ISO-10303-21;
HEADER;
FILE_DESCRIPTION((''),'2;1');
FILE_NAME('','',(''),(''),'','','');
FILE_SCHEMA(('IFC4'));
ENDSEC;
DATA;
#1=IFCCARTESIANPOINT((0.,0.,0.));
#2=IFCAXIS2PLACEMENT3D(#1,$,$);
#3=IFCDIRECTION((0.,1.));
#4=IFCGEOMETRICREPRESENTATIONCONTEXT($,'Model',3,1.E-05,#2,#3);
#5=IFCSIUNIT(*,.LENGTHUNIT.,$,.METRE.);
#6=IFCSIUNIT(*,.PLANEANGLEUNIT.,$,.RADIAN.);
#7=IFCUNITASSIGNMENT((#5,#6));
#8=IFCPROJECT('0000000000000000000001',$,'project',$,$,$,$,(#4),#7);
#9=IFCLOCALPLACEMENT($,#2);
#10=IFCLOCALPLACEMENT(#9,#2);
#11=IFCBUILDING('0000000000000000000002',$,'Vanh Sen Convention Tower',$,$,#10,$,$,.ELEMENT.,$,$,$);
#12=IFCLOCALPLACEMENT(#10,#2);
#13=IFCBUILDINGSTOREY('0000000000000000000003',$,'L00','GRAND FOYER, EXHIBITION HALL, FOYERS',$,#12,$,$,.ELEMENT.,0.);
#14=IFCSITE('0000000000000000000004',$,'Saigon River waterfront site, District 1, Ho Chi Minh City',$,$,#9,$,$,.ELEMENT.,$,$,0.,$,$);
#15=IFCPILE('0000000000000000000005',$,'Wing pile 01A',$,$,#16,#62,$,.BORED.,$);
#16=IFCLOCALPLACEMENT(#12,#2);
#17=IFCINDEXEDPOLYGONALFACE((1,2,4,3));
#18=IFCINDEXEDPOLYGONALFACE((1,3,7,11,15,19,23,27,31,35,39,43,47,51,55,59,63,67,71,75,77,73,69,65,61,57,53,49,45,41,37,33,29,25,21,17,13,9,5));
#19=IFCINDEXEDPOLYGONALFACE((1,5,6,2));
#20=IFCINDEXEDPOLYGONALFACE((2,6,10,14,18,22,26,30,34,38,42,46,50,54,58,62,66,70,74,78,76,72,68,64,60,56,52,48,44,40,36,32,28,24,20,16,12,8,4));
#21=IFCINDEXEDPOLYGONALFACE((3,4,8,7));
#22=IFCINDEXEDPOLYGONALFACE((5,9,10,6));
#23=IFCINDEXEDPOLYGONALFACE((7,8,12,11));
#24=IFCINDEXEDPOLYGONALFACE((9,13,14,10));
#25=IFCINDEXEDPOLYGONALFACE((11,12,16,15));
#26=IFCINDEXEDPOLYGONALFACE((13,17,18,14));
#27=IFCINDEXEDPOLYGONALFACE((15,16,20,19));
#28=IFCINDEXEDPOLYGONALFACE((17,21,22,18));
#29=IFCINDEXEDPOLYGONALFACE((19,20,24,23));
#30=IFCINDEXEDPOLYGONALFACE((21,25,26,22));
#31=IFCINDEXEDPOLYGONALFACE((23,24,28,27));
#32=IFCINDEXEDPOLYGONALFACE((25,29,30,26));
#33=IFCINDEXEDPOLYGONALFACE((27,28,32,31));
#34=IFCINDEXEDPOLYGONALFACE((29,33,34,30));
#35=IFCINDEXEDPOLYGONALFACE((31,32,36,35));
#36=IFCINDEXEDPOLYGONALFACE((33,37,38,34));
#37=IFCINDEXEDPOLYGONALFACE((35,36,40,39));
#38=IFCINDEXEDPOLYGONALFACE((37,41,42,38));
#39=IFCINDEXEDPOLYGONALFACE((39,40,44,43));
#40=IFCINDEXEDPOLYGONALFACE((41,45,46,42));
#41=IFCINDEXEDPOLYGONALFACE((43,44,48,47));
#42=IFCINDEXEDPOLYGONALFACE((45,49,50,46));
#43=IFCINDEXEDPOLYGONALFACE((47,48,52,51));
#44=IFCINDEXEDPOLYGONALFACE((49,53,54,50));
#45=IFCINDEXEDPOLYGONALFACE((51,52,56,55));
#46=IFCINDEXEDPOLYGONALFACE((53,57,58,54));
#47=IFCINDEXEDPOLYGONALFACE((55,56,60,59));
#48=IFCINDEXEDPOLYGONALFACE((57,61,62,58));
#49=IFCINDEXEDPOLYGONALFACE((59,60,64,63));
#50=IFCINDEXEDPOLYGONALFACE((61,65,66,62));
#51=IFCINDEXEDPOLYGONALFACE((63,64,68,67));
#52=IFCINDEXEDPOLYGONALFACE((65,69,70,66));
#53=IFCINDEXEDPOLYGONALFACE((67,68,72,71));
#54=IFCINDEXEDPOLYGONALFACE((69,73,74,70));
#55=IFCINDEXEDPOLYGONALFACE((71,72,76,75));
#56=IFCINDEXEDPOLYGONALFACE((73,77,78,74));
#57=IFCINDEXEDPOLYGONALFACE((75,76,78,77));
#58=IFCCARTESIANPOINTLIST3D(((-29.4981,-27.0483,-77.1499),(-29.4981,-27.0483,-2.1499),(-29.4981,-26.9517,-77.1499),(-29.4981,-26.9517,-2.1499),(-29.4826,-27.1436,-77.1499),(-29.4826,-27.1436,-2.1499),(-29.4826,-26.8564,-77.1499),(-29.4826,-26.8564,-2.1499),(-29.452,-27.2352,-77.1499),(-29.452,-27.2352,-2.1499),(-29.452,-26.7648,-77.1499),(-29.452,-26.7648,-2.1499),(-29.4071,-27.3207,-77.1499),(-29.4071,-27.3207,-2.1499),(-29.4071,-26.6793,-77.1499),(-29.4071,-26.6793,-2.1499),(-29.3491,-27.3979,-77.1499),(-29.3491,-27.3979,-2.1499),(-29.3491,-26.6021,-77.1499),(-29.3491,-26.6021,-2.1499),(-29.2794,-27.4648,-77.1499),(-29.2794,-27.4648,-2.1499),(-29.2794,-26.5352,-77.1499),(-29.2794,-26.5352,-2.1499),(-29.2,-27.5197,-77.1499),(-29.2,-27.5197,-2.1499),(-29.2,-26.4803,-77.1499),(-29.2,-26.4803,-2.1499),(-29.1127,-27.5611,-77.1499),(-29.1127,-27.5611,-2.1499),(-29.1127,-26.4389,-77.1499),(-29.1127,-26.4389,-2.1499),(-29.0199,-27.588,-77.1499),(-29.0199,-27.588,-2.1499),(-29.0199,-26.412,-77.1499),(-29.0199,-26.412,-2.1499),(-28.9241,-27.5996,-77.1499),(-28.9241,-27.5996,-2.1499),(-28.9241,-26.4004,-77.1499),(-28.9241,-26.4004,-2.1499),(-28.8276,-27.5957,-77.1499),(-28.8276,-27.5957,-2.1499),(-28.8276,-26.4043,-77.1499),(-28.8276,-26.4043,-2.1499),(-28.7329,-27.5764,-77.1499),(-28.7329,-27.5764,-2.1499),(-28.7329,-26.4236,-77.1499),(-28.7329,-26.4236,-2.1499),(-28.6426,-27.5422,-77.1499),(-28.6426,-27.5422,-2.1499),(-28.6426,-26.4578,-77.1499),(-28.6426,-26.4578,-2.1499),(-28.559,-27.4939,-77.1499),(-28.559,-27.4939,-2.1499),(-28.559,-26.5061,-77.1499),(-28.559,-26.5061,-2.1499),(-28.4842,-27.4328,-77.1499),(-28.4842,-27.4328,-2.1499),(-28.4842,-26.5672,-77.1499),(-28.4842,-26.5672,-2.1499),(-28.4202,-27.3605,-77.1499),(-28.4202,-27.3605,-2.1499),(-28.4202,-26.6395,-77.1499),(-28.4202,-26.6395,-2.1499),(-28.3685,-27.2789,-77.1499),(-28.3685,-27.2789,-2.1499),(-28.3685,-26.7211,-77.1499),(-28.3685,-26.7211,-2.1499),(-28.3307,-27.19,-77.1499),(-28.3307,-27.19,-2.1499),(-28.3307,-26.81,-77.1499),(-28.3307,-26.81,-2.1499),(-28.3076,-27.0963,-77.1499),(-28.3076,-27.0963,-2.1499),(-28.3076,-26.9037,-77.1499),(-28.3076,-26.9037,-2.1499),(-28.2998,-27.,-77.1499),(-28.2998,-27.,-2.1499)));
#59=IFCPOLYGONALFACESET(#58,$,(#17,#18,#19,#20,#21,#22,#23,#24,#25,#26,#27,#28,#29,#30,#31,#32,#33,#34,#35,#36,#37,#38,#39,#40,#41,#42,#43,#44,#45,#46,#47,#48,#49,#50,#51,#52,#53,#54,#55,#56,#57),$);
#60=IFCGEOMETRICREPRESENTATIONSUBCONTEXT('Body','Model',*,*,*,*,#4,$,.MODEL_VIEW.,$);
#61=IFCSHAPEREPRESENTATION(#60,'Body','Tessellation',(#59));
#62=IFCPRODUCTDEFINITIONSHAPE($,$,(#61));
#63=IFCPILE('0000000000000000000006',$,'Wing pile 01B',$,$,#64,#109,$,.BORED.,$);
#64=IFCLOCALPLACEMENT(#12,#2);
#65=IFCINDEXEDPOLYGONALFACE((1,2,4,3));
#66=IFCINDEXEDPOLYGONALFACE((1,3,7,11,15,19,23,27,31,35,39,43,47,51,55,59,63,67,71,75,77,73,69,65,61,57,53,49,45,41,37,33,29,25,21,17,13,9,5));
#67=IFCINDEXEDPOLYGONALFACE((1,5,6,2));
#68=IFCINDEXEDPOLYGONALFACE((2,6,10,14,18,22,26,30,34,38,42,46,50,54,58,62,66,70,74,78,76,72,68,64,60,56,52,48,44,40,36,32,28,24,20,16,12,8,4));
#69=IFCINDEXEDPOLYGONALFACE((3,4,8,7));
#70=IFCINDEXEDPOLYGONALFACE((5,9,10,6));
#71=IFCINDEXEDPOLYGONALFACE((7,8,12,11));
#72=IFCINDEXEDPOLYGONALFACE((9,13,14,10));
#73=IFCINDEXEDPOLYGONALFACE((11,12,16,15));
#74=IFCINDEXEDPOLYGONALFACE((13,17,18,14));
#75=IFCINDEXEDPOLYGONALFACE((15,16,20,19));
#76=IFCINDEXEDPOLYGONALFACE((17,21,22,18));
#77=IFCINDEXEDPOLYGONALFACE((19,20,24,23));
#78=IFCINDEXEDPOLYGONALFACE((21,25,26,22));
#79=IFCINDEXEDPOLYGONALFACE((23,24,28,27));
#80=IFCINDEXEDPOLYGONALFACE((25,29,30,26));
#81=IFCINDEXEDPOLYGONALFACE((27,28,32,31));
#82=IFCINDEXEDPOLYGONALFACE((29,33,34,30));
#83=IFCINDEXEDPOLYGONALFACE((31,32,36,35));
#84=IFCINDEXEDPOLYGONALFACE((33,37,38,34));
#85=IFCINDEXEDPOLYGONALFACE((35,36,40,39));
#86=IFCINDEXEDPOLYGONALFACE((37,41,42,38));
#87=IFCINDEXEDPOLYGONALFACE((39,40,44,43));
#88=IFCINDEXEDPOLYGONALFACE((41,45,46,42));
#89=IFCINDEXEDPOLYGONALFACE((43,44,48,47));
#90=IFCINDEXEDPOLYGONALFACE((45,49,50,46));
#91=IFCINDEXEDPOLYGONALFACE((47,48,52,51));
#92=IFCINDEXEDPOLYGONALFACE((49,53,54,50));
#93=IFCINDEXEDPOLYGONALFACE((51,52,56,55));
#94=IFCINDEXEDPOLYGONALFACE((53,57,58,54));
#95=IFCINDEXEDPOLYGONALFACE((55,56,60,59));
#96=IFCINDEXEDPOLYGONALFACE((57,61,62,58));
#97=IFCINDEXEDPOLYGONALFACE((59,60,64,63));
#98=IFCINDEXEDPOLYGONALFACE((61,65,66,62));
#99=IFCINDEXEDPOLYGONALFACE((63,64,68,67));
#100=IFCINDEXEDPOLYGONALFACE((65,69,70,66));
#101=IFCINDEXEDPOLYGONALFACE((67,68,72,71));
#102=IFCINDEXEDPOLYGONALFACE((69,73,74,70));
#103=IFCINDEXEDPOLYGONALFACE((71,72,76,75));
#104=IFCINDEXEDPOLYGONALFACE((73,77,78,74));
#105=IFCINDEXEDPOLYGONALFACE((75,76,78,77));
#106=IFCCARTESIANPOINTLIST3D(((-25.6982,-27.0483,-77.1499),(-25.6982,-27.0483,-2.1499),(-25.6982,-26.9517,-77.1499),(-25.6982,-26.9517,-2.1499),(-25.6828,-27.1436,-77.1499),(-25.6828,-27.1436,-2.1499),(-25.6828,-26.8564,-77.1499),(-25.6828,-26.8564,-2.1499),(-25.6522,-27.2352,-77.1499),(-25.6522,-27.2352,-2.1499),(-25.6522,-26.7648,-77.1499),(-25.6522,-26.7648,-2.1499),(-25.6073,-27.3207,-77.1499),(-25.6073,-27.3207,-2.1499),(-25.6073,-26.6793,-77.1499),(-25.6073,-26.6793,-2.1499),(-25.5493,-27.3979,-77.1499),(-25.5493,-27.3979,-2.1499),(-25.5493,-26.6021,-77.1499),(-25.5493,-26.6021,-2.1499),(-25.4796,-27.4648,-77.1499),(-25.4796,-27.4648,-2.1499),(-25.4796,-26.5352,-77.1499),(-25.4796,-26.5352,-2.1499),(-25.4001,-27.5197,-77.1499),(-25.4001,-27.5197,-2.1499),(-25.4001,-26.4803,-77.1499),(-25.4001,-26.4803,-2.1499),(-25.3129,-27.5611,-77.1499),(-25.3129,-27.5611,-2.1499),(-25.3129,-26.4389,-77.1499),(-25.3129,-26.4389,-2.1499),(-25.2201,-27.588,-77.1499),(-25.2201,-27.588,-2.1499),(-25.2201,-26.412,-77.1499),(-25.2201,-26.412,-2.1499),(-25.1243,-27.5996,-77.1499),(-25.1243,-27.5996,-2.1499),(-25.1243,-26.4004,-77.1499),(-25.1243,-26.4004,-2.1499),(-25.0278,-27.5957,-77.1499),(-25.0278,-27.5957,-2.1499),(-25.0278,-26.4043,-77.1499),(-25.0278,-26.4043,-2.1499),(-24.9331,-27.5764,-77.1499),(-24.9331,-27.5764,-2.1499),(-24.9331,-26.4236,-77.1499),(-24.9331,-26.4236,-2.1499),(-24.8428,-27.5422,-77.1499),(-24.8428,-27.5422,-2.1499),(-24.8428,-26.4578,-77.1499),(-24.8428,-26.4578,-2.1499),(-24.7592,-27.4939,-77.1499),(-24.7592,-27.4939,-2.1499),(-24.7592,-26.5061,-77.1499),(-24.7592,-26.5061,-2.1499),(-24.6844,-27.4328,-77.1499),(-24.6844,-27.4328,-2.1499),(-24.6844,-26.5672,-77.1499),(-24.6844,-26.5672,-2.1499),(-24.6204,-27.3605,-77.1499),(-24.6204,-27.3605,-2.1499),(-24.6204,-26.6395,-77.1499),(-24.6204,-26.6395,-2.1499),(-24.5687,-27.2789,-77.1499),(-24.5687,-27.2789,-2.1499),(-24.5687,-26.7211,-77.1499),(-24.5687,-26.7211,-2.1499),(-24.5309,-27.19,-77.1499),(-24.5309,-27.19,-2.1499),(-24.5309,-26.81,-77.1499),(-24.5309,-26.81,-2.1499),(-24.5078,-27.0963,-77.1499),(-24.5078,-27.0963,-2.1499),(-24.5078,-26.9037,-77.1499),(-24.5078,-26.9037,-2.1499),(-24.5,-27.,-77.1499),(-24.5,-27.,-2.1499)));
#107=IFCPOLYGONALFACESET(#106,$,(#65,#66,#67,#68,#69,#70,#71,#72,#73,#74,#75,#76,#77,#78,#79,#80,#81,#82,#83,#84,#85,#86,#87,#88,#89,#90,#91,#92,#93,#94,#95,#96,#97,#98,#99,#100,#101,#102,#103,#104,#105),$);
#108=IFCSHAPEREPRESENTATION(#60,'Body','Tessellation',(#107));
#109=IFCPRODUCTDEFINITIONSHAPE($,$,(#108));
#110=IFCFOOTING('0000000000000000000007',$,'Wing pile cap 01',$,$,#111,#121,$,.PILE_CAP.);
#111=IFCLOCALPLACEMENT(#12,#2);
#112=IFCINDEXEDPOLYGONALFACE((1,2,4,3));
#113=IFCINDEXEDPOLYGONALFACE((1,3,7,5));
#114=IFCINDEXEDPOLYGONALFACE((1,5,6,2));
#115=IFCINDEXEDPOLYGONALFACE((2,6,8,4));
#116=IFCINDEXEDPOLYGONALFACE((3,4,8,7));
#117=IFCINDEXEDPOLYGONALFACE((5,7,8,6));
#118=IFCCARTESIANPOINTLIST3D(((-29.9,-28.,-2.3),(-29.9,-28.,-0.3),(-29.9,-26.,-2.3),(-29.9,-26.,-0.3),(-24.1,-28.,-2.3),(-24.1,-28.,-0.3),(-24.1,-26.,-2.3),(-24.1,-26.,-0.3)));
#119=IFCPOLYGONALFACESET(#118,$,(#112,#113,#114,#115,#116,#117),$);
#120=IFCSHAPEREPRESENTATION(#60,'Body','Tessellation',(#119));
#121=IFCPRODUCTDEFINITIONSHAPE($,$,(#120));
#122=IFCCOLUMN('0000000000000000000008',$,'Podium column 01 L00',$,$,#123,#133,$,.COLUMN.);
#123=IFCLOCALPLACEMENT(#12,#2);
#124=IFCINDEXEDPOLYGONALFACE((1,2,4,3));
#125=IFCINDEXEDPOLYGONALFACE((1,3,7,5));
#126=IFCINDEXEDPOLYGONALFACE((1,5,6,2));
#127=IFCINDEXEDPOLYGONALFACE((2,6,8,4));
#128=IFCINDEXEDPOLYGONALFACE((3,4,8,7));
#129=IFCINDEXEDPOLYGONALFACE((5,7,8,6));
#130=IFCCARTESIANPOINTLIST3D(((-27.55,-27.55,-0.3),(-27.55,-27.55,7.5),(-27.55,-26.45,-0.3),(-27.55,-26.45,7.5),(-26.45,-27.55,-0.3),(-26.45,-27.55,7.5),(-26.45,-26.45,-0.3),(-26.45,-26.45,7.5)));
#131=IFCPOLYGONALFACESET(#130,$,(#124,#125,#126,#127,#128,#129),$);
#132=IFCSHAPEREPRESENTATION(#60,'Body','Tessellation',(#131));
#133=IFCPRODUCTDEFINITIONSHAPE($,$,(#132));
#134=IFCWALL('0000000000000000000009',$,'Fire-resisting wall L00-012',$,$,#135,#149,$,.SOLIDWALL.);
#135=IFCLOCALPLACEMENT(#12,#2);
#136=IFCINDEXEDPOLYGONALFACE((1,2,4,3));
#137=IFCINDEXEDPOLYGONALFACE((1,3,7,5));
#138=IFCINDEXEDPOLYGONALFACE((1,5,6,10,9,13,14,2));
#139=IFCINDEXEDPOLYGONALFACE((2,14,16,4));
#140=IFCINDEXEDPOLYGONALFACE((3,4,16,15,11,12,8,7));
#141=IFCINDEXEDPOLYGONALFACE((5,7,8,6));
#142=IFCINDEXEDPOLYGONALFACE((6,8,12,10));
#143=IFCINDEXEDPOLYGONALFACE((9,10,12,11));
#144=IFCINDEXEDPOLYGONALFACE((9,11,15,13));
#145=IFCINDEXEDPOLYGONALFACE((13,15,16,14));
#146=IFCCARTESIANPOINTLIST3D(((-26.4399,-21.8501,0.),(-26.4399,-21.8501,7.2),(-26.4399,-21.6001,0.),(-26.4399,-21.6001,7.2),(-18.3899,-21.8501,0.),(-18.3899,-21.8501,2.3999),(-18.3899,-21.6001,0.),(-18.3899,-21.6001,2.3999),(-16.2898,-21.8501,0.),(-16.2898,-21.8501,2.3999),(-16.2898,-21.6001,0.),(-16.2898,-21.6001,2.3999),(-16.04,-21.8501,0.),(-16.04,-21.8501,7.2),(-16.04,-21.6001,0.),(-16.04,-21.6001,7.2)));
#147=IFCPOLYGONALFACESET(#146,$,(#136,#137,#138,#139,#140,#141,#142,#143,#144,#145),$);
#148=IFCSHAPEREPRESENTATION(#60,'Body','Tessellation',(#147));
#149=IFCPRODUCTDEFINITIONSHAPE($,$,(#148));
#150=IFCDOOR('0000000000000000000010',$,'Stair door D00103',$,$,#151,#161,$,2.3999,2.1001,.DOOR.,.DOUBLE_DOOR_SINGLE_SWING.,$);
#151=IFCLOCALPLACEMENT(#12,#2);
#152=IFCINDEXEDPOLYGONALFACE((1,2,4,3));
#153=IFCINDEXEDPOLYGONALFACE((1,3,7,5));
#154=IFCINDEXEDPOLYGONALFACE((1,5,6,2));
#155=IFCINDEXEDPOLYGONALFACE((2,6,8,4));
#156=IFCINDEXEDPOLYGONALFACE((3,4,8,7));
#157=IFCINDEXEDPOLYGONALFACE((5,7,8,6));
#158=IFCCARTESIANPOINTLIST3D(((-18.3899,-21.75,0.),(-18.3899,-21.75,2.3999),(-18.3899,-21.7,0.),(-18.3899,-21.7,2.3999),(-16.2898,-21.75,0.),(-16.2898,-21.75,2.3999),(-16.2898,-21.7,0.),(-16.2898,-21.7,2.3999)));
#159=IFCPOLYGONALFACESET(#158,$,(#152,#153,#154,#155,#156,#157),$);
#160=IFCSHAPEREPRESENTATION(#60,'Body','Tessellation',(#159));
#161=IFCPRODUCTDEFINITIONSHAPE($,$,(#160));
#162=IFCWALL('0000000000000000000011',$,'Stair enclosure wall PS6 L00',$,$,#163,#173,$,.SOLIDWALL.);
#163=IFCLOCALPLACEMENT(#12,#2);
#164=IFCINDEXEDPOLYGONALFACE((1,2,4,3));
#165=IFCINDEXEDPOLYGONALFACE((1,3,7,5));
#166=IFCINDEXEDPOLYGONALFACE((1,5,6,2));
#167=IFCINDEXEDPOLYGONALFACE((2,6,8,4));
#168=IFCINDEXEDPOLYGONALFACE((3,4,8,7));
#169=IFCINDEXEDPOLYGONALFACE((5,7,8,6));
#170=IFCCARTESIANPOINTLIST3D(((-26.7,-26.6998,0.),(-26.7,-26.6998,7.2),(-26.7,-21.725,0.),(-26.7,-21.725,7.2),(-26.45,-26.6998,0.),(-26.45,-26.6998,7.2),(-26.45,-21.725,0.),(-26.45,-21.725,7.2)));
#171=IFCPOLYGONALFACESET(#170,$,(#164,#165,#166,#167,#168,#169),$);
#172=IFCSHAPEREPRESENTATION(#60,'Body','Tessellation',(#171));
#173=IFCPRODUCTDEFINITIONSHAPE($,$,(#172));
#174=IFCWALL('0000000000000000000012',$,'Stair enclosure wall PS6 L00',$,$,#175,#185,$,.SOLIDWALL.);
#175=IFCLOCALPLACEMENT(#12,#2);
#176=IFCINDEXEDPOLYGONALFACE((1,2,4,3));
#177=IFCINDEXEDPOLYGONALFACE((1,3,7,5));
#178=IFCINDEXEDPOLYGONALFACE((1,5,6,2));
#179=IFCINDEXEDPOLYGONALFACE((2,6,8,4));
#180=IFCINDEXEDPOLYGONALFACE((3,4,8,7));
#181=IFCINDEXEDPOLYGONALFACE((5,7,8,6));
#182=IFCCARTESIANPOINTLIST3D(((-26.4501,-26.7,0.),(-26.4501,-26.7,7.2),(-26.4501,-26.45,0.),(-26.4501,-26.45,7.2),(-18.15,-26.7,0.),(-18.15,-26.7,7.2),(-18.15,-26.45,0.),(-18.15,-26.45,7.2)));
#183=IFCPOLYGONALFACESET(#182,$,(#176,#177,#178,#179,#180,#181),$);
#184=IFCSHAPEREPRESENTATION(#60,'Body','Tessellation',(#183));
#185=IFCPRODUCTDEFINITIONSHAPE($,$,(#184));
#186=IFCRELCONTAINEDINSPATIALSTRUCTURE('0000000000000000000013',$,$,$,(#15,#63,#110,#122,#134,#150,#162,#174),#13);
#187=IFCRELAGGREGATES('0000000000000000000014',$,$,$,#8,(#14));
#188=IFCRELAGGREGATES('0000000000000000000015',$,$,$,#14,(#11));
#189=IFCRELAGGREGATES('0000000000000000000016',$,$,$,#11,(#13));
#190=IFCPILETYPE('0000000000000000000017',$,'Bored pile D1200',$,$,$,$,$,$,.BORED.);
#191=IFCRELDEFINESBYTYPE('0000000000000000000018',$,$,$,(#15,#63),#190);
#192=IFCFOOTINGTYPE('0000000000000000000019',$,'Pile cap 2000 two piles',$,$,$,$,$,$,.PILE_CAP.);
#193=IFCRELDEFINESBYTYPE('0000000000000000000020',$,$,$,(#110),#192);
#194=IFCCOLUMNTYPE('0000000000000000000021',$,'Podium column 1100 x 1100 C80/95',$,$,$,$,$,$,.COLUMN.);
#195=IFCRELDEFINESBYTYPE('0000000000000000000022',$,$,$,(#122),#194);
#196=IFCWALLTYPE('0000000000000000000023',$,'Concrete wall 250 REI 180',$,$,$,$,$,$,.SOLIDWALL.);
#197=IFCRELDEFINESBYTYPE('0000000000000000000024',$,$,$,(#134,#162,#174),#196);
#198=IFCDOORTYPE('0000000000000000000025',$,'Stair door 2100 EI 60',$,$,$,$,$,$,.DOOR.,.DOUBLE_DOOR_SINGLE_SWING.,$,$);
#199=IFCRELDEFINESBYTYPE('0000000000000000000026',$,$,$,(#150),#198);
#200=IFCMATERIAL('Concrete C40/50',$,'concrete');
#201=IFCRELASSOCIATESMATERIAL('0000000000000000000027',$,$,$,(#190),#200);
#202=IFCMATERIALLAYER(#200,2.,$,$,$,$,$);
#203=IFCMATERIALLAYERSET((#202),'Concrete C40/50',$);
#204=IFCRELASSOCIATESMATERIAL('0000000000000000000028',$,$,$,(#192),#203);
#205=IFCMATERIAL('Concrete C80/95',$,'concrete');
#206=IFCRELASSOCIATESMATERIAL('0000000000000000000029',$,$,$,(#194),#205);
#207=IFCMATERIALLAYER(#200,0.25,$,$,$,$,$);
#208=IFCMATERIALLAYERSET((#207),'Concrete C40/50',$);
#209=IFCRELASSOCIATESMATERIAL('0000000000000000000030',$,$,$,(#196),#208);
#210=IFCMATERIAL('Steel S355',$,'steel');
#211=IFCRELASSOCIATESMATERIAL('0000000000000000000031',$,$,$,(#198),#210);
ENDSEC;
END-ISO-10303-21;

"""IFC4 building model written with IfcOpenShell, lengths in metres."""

from ifc_helpers import new_model, si_unit, direction, frame, frame_2d, origin, origin_2d, place, context, subcontext, project, spatial, rectangle, circle, extrude, material, layer, layer_set, material_profile, profile_set, type_object, element, fill, save


model = new_model("IFC4")

# Units and contexts
model_context = context("Model", 3, precision=1e-05, world=origin(), true_north=direction((0.0, 1.0)))
body_context = subcontext(model_context, "Body", "Model", "MODEL_VIEW")
ifc_project = project(units=[si_unit("LENGTHUNIT", "METRE"), si_unit("PLANEANGLEUNIT", "RADIAN")], contexts=[model_context])

# Site, building, storey
site_placement = place(None, origin())
site = spatial("IfcSite", under=ifc_project, at=site_placement, Name="Saigon River waterfront site, District 1, Ho Chi Minh City", CompositionType="ELEMENT", RefElevation=0.0)
building_placement = place(site_placement, origin())
building = spatial("IfcBuilding", under=site, at=building_placement, Name="Vanh Sen Convention Tower", CompositionType="ELEMENT")
storey_placement = place(building_placement, origin())
storey = spatial("IfcBuildingStorey", under=building, at=storey_placement, Name="L00", Description="GRAND FOYER, EXHIBITION HALL, FOYERS", CompositionType="ELEMENT", Elevation=0.0)

# Piles
ifc_material_1 = material(Name="Concrete C40/50", Category="concrete")
ifc_material_profile_1 = material_profile(ifc_material_1, circle(Radius=0.6001, at=origin_2d()), Name="Bored pile D1200")
ifc_profile_set_1 = profile_set([ifc_material_profile_1], Name="Concrete C40/50")
pile_type = type_object("IfcPileType", Name="Bored pile D1200", PredefinedType="BORED", material=ifc_profile_set_1)
for number, where, z_axis, x_axis, name in (
    (1, (-28.8999, -27.0, -2.1499), (0.0, 0.0, -1.0), (1.0, 0.0, 0.0), "Wing pile 01A"),
    (2, (-25.1001, -27.0, -2.1499), (0.0, 0.0, -1.0), (1.0, 0.0, 0.0), "Wing pile 01B"),
):
    element("IfcPile", number, at=place(storey_placement, frame(where, z_axis=z_axis, x_axis=x_axis)), inside=storey, type_object=pile_type, Name=name, PredefinedType="BORED", context=body_context, shape_type="SweptSolid", body=[
        extrude(circle(Radius=0.6001, at=origin_2d()), origin(), (0.0, 0.0, 1.0), 75.0),
    ])

# Footing
ifc_layer_1 = layer(ifc_material_1, 2.0)
ifc_layer_set_1 = layer_set([ifc_layer_1], Name="Concrete C40/50")
footing_type = type_object("IfcFootingType", Name="Pile cap 2000 two piles", PredefinedType="PILE_CAP", material=ifc_layer_set_1)
footing_placement = place(storey_placement, frame((-27.0, -27.0, -2.3), z_axis=(0.0, 0.0, 1.0), x_axis=(1.0, 0.0, 0.0)))
element("IfcFooting", 3, at=footing_placement, inside=storey, type_object=footing_type, Name="Wing pile cap 01", PredefinedType="PILE_CAP", context=body_context, shape_type="SweptSolid", body=[
    extrude(rectangle(XDim=5.8, YDim=2.0, at=origin_2d()), origin(), (0.0, 0.0, 1.0), 2.0),
])

# Column
ifc_material_2 = material(Name="Concrete C80/95", Category="concrete")
ifc_material_profile_2 = material_profile(ifc_material_2, rectangle(XDim=1.1001, YDim=1.1001, at=origin_2d()), Name="RC 1100X1100")
ifc_profile_set_2 = profile_set([ifc_material_profile_2], Name="Concrete C80/95")
column_type = type_object("IfcColumnType", Name="Podium column 1100 x 1100 C80/95", PredefinedType="COLUMN", material=ifc_profile_set_2)
column_placement = place(storey_placement, frame((-27.0, -27.0, -0.3), z_axis=(0.0, 0.0, 1.0), x_axis=(1.0, 0.0, 0.0)))
element("IfcColumn", 4, at=column_placement, inside=storey, type_object=column_type, Name="Podium column 01 L00", PredefinedType="COLUMN", context=body_context, shape_type="SweptSolid", body=[
    extrude(rectangle(XDim=1.1001, YDim=1.1001, at=origin_2d()), origin(), (0.0, 0.0, 1.0), 7.8),
])

# Wall, opening, door
ifc_layer_2 = layer(ifc_material_1, 0.25)
ifc_layer_set_2 = layer_set([ifc_layer_2], Name="Concrete C40/50")
wall_type_1 = type_object("IfcWallType", Name="Concrete wall 250 REI 180", PredefinedType="SOLIDWALL", material=ifc_layer_set_2)
wall_1_placement = place(storey_placement, frame((-26.4399, -21.7251, 0.0), z_axis=(0.0, 0.0, 1.0), x_axis=(1.0, 0.0, 0.0)))
wall_1 = element("IfcWall", 5, at=wall_1_placement, inside=storey, type_object=wall_type_1, Name="Fire-resisting wall L00-012", PredefinedType="SOLIDWALL", context=body_context, shape_type="SweptSolid", body=[
    extrude(rectangle(XDim=10.3999, YDim=0.25, at=frame_2d((5.2, 0.0))), origin(), (0.0, 0.0, 1.0), 7.2),
])
opening_1_placement = place(wall_1_placement, frame((8.05, 0.0, 0.0)))
opening_1 = element("IfcOpeningElement", 6, at=opening_1_placement, cuts=wall_1, PredefinedType="OPENING", context=body_context, shape_type="SweptSolid", body=[
    extrude(rectangle(XDim=2.1001, YDim=2.3999, at=frame_2d((1.05, 1.2))), frame((0.0, 0.135, 0.0), z_axis=(0.0, -1.0, 0.0), x_axis=(1.0, 0.0, 0.0)), (0.0, 0.0, 1.0), 0.27),
])
ifc_material_3 = material(Name="Steel S355", Category="steel")
door_type_1 = type_object("IfcDoorType", Name="Stair door 2100 EI 60", OperationType="DOUBLE_DOOR_SINGLE_SWING", PredefinedType="DOOR", material=ifc_material_3)
door_1_placement = place(opening_1_placement, frame((2.1001, 0.0, 0.0), z_axis=(0.0, 0.0, 1.0), x_axis=(-1.0, 0.0, 0.0)))
door_1 = element("IfcDoor", 7, at=door_1_placement, inside=storey, type_object=door_type_1, Name="Stair door D00103", OperationType="DOUBLE_DOOR_SINGLE_SWING", OverallHeight=2.3999, OverallWidth=2.1001, PredefinedType="DOOR", context=body_context, shape_type="SweptSolid", body=[
    extrude(rectangle(XDim=2.1001, YDim=2.3999, at=frame_2d((1.05, 1.2))), frame((0.0, 0.0249, 0.0), z_axis=(0.0, -1.0, 0.0), x_axis=(1.0, 0.0, 0.0)), (0.0, 0.0, 1.0), 0.05),
])
fill(opening_1, door_1)

# Walls
wall_2_placement = place(storey_placement, frame((-26.575, -21.7251, 0.0), z_axis=(0.0, 0.0, 1.0), x_axis=(0.0, -1.0, 0.0)))
element("IfcWall", 8, at=wall_2_placement, inside=storey, type_object=wall_type_1, Name="Stair enclosure wall PS6 L00", PredefinedType="SOLIDWALL", context=body_context, shape_type="SweptSolid", body=[
    extrude(rectangle(XDim=4.9749, YDim=0.25, at=frame_2d((2.4873, 0.0))), origin(), (0.0, 0.0, 1.0), 7.2),
])
wall_3_placement = place(storey_placement, frame((-26.45, -26.575, 0.0), z_axis=(0.0, 0.0, 1.0), x_axis=(1.0, 0.0, 0.0)))
element("IfcWall", 9, at=wall_3_placement, inside=storey, type_object=wall_type_1, Name="Stair enclosure wall PS6 L00", PredefinedType="SOLIDWALL", context=body_context, shape_type="SweptSolid", body=[
    extrude(rectangle(XDim=8.3, YDim=0.25, at=frame_2d((4.1499, 0.0))), origin(), (0.0, 0.0, 1.0), 7.2),
])

save(model, "model.ifc")
